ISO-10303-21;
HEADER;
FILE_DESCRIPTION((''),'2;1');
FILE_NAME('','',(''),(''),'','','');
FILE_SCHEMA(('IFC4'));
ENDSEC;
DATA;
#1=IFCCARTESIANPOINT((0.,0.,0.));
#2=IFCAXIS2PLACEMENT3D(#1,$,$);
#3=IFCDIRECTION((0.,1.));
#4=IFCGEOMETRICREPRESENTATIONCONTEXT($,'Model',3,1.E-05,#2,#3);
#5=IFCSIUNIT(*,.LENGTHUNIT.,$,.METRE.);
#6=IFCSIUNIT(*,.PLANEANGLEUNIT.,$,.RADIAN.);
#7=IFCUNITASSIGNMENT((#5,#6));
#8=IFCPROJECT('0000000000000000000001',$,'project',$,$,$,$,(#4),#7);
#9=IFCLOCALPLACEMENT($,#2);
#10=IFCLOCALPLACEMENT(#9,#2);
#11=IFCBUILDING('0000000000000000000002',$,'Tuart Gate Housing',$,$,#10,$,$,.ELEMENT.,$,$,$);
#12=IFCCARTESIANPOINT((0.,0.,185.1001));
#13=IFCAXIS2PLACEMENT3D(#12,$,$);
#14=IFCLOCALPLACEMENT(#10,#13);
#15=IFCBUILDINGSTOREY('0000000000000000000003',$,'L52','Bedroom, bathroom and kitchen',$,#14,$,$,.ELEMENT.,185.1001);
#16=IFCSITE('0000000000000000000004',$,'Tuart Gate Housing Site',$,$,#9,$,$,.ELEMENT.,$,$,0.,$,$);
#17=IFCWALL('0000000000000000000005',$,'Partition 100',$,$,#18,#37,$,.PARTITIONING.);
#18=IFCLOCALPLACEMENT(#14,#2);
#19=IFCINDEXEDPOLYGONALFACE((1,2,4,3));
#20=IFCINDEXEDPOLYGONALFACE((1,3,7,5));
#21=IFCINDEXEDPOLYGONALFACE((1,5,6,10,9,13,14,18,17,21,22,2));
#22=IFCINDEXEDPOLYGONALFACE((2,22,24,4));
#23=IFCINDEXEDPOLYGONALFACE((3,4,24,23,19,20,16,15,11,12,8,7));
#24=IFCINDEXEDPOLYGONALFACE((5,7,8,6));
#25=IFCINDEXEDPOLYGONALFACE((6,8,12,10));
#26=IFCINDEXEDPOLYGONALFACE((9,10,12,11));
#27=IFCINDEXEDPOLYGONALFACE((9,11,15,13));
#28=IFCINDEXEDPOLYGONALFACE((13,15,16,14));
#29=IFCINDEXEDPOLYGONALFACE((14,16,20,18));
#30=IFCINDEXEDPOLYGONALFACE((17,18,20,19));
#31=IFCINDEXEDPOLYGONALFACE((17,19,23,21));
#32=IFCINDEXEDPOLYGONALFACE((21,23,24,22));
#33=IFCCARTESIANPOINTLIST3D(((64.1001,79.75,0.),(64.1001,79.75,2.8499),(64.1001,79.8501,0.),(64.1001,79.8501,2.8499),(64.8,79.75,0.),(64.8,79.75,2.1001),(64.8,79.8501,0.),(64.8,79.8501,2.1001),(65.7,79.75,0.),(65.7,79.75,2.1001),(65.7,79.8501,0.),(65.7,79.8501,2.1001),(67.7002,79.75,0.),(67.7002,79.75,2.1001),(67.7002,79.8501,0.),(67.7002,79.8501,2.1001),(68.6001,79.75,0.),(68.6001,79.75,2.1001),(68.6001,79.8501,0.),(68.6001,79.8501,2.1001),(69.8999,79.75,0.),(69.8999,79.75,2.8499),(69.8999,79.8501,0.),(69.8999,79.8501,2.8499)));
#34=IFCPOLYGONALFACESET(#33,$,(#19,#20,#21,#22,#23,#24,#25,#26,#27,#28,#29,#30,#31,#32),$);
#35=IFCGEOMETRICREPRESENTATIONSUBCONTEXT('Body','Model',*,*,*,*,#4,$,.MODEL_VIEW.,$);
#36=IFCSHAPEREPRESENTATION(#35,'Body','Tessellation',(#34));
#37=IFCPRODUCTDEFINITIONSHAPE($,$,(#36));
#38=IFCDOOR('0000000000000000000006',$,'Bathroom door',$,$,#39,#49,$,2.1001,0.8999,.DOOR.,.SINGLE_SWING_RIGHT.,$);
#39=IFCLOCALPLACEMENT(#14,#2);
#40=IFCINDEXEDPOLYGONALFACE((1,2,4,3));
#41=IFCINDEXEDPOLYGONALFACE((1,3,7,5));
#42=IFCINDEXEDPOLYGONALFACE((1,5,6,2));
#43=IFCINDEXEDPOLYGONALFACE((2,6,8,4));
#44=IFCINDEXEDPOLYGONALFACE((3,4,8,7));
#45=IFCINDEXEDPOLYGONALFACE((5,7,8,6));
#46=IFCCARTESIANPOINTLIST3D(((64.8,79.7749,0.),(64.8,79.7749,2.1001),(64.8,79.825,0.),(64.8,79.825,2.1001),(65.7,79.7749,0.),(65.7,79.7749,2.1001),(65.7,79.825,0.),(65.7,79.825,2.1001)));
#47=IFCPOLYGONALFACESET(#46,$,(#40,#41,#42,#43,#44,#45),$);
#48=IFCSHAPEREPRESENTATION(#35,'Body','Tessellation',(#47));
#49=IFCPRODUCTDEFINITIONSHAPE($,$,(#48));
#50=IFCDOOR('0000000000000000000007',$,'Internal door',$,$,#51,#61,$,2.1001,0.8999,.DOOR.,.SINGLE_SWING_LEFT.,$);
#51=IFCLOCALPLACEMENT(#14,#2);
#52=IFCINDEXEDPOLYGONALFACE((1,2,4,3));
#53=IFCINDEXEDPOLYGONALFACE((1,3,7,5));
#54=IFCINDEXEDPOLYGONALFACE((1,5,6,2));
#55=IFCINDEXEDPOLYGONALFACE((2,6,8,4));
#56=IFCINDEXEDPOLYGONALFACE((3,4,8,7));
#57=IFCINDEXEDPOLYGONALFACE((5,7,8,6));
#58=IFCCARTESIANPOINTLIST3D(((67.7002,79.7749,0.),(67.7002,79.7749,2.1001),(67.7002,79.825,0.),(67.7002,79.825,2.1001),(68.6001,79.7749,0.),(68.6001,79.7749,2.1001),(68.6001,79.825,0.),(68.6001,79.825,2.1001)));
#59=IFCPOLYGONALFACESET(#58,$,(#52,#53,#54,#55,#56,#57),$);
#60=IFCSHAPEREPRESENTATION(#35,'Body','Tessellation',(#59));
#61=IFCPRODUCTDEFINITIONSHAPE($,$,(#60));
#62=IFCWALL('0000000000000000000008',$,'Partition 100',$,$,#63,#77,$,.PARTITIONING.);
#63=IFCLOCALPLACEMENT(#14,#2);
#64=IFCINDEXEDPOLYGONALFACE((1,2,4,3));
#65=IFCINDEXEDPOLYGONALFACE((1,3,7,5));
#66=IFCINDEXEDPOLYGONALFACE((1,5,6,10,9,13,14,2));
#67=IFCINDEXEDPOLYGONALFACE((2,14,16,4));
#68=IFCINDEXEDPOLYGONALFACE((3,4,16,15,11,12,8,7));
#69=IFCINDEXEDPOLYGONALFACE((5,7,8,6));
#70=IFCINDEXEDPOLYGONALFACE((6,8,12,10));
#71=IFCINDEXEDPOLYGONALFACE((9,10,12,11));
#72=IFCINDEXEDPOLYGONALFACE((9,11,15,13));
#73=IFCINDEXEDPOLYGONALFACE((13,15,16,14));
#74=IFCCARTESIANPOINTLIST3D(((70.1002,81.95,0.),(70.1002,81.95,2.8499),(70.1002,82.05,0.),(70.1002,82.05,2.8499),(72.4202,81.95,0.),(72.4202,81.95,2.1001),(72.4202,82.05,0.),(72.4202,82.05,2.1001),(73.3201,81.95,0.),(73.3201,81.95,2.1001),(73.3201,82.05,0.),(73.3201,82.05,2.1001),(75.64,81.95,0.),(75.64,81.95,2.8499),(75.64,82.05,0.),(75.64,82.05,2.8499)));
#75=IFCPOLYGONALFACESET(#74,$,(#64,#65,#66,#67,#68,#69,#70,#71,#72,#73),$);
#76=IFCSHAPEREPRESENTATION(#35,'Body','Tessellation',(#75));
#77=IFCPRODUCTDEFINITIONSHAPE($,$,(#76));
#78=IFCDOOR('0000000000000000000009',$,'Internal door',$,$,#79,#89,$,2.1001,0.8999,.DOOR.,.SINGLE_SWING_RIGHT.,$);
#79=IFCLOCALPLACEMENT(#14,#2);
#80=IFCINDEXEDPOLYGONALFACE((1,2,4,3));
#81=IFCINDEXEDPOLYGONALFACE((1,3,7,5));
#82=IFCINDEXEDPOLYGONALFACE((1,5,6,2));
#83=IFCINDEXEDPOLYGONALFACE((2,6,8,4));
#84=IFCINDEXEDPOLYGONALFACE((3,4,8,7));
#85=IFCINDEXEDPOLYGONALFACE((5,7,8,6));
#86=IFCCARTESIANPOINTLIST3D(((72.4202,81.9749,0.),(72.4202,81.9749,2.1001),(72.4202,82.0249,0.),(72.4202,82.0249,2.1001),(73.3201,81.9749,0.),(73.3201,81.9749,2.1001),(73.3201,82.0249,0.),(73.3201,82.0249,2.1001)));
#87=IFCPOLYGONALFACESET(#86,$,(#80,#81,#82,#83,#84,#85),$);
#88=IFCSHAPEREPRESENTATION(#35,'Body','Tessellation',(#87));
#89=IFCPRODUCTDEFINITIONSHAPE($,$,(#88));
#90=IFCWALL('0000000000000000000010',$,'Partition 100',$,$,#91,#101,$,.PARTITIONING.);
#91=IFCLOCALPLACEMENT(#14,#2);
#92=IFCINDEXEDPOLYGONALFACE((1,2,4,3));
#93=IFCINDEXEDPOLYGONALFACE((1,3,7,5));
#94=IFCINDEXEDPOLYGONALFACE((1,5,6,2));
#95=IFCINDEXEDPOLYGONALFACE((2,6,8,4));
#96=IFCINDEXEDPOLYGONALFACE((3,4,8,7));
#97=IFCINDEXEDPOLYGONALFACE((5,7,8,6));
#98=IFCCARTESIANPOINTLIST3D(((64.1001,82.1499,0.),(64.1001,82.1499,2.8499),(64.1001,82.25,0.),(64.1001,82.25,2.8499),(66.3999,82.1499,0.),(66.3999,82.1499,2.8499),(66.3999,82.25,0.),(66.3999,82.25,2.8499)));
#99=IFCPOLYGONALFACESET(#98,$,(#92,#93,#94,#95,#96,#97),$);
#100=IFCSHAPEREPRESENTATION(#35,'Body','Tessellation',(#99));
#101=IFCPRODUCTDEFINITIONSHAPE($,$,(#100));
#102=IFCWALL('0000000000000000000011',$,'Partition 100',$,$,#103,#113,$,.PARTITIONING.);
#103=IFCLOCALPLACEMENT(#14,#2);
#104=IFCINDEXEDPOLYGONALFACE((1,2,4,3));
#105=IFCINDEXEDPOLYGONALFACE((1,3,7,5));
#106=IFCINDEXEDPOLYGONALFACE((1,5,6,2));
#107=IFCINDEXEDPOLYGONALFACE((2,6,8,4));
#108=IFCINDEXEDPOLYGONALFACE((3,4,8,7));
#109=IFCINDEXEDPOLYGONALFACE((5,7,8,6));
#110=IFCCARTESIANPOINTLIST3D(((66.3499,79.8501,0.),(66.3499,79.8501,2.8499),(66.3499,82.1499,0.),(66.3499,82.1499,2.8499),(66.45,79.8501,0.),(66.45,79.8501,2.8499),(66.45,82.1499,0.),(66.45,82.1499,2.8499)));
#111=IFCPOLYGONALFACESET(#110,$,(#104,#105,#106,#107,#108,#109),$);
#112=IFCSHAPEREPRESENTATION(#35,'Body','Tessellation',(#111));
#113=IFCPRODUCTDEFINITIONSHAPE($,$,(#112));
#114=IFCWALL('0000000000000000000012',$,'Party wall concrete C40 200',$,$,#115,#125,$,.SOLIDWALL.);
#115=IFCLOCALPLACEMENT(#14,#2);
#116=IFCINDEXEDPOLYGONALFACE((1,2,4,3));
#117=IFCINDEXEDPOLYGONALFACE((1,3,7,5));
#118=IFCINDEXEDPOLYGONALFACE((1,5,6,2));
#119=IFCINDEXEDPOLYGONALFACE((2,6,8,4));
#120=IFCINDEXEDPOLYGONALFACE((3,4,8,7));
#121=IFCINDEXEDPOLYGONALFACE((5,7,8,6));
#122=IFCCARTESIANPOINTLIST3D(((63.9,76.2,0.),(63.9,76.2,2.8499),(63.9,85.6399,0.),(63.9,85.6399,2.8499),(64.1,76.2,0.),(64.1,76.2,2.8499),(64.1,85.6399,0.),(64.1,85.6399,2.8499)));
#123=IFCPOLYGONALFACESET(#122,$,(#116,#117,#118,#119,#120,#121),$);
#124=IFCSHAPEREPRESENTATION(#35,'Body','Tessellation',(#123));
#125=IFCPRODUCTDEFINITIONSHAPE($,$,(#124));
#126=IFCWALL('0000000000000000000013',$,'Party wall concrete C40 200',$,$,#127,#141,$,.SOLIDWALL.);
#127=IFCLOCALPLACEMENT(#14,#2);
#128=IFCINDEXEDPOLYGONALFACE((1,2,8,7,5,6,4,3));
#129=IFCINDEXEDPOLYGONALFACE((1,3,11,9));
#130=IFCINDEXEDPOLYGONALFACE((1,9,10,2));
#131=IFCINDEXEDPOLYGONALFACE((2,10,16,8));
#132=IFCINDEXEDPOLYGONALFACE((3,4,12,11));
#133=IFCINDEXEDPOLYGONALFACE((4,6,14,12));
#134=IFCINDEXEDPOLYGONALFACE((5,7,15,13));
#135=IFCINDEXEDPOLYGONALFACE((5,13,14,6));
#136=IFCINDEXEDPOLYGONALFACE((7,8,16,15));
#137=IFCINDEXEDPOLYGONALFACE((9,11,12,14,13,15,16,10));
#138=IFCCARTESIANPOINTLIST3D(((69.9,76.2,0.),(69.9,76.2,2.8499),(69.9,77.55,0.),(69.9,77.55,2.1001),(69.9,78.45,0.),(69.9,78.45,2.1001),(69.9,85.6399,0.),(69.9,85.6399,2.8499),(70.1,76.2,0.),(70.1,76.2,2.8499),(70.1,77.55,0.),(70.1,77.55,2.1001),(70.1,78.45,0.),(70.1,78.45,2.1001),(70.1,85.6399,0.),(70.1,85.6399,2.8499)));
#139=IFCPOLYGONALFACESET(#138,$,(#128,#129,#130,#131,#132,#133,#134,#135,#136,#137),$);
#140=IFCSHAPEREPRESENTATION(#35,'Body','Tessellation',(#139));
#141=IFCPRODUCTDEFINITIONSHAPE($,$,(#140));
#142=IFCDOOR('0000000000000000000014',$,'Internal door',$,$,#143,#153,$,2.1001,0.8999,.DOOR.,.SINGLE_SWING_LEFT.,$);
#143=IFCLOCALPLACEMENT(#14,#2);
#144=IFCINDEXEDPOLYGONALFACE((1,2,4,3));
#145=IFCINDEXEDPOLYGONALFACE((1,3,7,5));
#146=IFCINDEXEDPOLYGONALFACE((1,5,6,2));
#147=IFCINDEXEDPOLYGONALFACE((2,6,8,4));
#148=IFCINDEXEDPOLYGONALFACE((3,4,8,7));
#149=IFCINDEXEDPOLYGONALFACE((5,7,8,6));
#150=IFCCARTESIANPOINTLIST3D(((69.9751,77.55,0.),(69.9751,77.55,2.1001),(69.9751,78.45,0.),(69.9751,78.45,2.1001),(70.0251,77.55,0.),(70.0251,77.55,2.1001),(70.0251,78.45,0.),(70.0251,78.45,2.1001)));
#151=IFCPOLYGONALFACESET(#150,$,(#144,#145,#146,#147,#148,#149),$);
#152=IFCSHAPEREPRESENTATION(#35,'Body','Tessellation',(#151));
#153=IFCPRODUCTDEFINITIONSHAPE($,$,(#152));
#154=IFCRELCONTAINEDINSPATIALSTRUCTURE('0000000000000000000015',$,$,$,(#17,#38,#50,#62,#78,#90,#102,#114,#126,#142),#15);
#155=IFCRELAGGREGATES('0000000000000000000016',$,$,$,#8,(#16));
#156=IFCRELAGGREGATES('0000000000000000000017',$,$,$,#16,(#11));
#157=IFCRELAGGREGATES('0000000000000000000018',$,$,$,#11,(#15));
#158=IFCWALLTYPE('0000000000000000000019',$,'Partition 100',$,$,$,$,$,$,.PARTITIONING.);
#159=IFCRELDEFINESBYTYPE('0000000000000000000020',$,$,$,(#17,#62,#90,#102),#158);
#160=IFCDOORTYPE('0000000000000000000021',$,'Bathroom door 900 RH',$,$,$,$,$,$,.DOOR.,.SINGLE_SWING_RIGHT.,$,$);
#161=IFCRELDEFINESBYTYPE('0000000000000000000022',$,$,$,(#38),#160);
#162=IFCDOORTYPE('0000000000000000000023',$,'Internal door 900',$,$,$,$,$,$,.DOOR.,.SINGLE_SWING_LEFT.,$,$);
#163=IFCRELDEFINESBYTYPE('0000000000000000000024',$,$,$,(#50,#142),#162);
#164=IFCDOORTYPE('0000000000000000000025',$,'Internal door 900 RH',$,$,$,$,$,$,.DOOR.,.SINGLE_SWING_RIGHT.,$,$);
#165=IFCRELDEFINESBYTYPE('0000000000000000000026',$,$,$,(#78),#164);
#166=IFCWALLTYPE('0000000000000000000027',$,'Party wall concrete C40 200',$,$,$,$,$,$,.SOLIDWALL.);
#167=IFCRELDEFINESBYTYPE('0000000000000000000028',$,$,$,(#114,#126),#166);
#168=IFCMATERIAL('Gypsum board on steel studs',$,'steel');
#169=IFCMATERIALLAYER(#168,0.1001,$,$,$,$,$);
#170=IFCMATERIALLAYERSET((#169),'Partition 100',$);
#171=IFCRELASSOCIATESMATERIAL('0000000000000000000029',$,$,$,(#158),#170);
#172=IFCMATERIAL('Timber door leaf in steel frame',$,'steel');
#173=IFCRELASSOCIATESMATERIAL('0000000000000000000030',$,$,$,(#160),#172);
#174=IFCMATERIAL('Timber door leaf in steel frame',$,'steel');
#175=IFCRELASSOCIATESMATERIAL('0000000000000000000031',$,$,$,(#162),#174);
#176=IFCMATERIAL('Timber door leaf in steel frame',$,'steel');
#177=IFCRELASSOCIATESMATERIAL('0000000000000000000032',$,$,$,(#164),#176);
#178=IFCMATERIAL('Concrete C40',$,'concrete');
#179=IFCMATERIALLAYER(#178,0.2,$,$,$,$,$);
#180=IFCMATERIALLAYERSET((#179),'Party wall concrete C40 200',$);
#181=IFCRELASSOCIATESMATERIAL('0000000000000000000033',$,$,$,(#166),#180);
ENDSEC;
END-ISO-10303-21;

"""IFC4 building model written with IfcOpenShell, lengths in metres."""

from ifc_helpers import new_model, si_unit, direction, frame, frame_2d, origin, place, context, subcontext, project, spatial, rectangle, extrude, material, layer, layer_set, type_object, element, fill, save


model = new_model("IFC4")

# Units and contexts
model_context = context("Model", 3, precision=1e-05, world=origin(), true_north=direction((0.0, 1.0)))
body_context = subcontext(model_context, "Body", "Model", "MODEL_VIEW")
ifc_project = project(units=[si_unit("LENGTHUNIT", "METRE"), si_unit("PLANEANGLEUNIT", "RADIAN")], contexts=[model_context])

# Site, building, storey
site_placement = place(None, origin())
site = spatial("IfcSite", under=ifc_project, at=site_placement, Name="Tuart Gate Housing Site", CompositionType="ELEMENT", RefElevation=0.0)
building_placement = place(site_placement, origin())
building = spatial("IfcBuilding", under=site, at=building_placement, Name="Tuart Gate Housing", CompositionType="ELEMENT")
storey_placement = place(building_placement, frame((0.0, 0.0, 185.1001)))
storey = spatial("IfcBuildingStorey", under=building, at=storey_placement, Name="L52", Description="Bedroom, bathroom and kitchen", CompositionType="ELEMENT", Elevation=185.1001)

# Wall, openings, doors
ifc_material_1 = material(Name="Gypsum board on steel studs", Category="steel")
ifc_layer_1 = layer(ifc_material_1, 0.1001)
ifc_layer_set_1 = layer_set([ifc_layer_1], Name="Partition 100")
wall_type_1 = type_object("IfcWallType", Name="Partition 100", PredefinedType="PARTITIONING", material=ifc_layer_set_1)
wall_1_placement = place(storey_placement, frame((64.1001, 79.8, 0.0), z_axis=(0.0, 0.0, 1.0), x_axis=(1.0, 0.0, 0.0)))
wall_1 = element("IfcWall", 1, at=wall_1_placement, inside=storey, type_object=wall_type_1, Name="Partition 100", PredefinedType="PARTITIONING", context=body_context, shape_type="SweptSolid", body=[
    extrude(rectangle(XDim=5.7998, YDim=0.1001, at=frame_2d((2.8999, 0.0))), origin(), (0.0, 0.0, 1.0), 2.8499),
])
opening_1_placement = place(wall_1_placement, frame((3.6001, 0.0, 0.0)))
opening_1 = element("IfcOpeningElement", 2, at=opening_1_placement, cuts=wall_1, PredefinedType="OPENING", context=body_context, shape_type="SweptSolid", body=[
    extrude(rectangle(XDim=0.8999, YDim=2.1001, at=frame_2d((0.45, 1.05))), frame((0.0, 0.0601, 0.0), z_axis=(0.0, -1.0, 0.0), x_axis=(1.0, 0.0, 0.0)), (0.0, 0.0, 1.0), 0.1201),
])
opening_2_placement = place(wall_1_placement, frame((0.7, 0.0, 0.0)))
opening_2 = element("IfcOpeningElement", 3, at=opening_2_placement, cuts=wall_1, PredefinedType="OPENING", context=body_context, shape_type="SweptSolid", body=[
    extrude(rectangle(XDim=0.8999, YDim=2.1001, at=frame_2d((0.45, 1.05))), frame((0.0, 0.0601, 0.0), z_axis=(0.0, -1.0, 0.0), x_axis=(1.0, 0.0, 0.0)), (0.0, 0.0, 1.0), 0.1201),
])
ifc_material_2 = material(Name="Timber door leaf in steel frame", Category="steel")
door_type_1 = type_object("IfcDoorType", Name="Bathroom door 900 RH", OperationType="SINGLE_SWING_RIGHT", PredefinedType="DOOR", material=ifc_material_2)
door_1_placement = place(opening_2_placement, origin())
door_1 = element("IfcDoor", 4, at=door_1_placement, inside=storey, type_object=door_type_1, Name="Bathroom door", OperationType="SINGLE_SWING_RIGHT", OverallHeight=2.1001, OverallWidth=0.8999, PredefinedType="DOOR", context=body_context, shape_type="SweptSolid", body=[
    extrude(rectangle(XDim=0.8999, YDim=2.1001, at=frame_2d((0.45, 1.05))), frame((0.0, 0.0249, 0.0), z_axis=(0.0, -1.0, 0.0), x_axis=(1.0, 0.0, 0.0)), (0.0, 0.0, 1.0), 0.05),
])
fill(opening_2, door_1)
ifc_material_3 = material(Name="Timber door leaf in steel frame", Category="steel")
door_type_2 = type_object("IfcDoorType", Name="Internal door 900", OperationType="SINGLE_SWING_LEFT", PredefinedType="DOOR", material=ifc_material_3)
door_2_placement = place(opening_1_placement, origin())
door_2 = element("IfcDoor", 5, at=door_2_placement, inside=storey, type_object=door_type_2, Name="Internal door", OperationType="SINGLE_SWING_LEFT", OverallHeight=2.1001, OverallWidth=0.8999, PredefinedType="DOOR", context=body_context, shape_type="SweptSolid", body=[
    extrude(rectangle(XDim=0.8999, YDim=2.1001, at=frame_2d((0.45, 1.05))), frame((0.0, 0.0249, 0.0), z_axis=(0.0, -1.0, 0.0), x_axis=(1.0, 0.0, 0.0)), (0.0, 0.0, 1.0), 0.05),
])
fill(opening_1, door_2)

# Wall, opening, door
wall_2_placement = place(storey_placement, frame((70.1001, 82.0, 0.0), z_axis=(0.0, 0.0, 1.0), x_axis=(1.0, 0.0, 0.0)))
wall_2 = element("IfcWall", 6, at=wall_2_placement, inside=storey, type_object=wall_type_1, Name="Partition 100", PredefinedType="PARTITIONING", context=body_context, shape_type="SweptSolid", body=[
    extrude(rectangle(XDim=5.5398, YDim=0.1001, at=frame_2d((2.77, 0.0))), origin(), (0.0, 0.0, 1.0), 2.8499),
])
opening_3_placement = place(wall_2_placement, frame((2.3201, 0.0, 0.0)))
opening_3 = element("IfcOpeningElement", 7, at=opening_3_placement, cuts=wall_2, PredefinedType="OPENING", context=body_context, shape_type="SweptSolid", body=[
    extrude(rectangle(XDim=0.8999, YDim=2.1001, at=frame_2d((0.45, 1.05))), frame((0.0, 0.0601, 0.0), z_axis=(0.0, -1.0, 0.0), x_axis=(1.0, 0.0, 0.0)), (0.0, 0.0, 1.0), 0.1201),
])
ifc_material_4 = material(Name="Timber door leaf in steel frame", Category="steel")
door_type_3 = type_object("IfcDoorType", Name="Internal door 900 RH", OperationType="SINGLE_SWING_RIGHT", PredefinedType="DOOR", material=ifc_material_4)
door_3_placement = place(opening_3_placement, origin())
door_3 = element("IfcDoor", 8, at=door_3_placement, inside=storey, type_object=door_type_3, Name="Internal door", OperationType="SINGLE_SWING_RIGHT", OverallHeight=2.1001, OverallWidth=0.8999, PredefinedType="DOOR", context=body_context, shape_type="SweptSolid", body=[
    extrude(rectangle(XDim=0.8999, YDim=2.1001, at=frame_2d((0.45, 1.05))), frame((0.0, 0.0249, 0.0), z_axis=(0.0, -1.0, 0.0), x_axis=(1.0, 0.0, 0.0)), (0.0, 0.0, 1.0), 0.05),
])
fill(opening_3, door_3)

# Walls
for number, where, z_axis, x_axis, name in (
    (9, (64.1001, 82.2, 0.0), (0.0, 0.0, 1.0), (1.0, 0.0, 0.0), "Partition 100"),
    (10, (66.3999, 79.8501, 0.0), (0.0, 0.0, 1.0), (0.0, 1.0, 0.0), "Partition 100"),
):
    element("IfcWall", number, at=place(storey_placement, frame(where, z_axis=z_axis, x_axis=x_axis)), inside=storey, type_object=wall_type_1, Name=name, PredefinedType="PARTITIONING", context=body_context, shape_type="SweptSolid", body=[
        extrude(rectangle(XDim=2.2998, YDim=0.1001, at=frame_2d((1.1499, 0.0))), origin(), (0.0, 0.0, 1.0), 2.8499),
    ])
ifc_material_5 = material(Name="Concrete C40", Category="concrete")
ifc_layer_2 = layer(ifc_material_5, 0.2)
ifc_layer_set_2 = layer_set([ifc_layer_2], Name="Party wall concrete C40 200")
wall_type_2 = type_object("IfcWallType", Name="Party wall concrete C40 200", PredefinedType="SOLIDWALL", material=ifc_layer_set_2)
wall_3_placement = place(storey_placement, frame((64.0, 76.2, 0.0), z_axis=(0.0, 0.0, 1.0), x_axis=(0.0, 1.0, 0.0)))
element("IfcWall", 11, at=wall_3_placement, inside=storey, type_object=wall_type_2, Name="Party wall concrete C40 200", PredefinedType="SOLIDWALL", context=body_context, shape_type="SweptSolid", body=[
    extrude(rectangle(XDim=9.4399, YDim=0.2, at=frame_2d((4.72, 0.0))), origin(), (0.0, 0.0, 1.0), 2.8499),
])

# Wall, opening, door
wall_4_placement = place(storey_placement, frame((70.0, 76.2, 0.0), z_axis=(0.0, 0.0, 1.0), x_axis=(0.0, 1.0, 0.0)))
wall_4 = element("IfcWall", 12, at=wall_4_placement, inside=storey, type_object=wall_type_2, Name="Party wall concrete C40 200", PredefinedType="SOLIDWALL", context=body_context, shape_type="SweptSolid", body=[
    extrude(rectangle(XDim=9.4399, YDim=0.2, at=frame_2d((4.72, 0.0))), origin(), (0.0, 0.0, 1.0), 2.8499),
])
opening_4_placement = place(wall_4_placement, frame((1.3501, 0.0, 0.0)))
opening_4 = element("IfcOpeningElement", 13, at=opening_4_placement, cuts=wall_4, PredefinedType="OPENING", context=body_context, shape_type="SweptSolid", body=[
    extrude(rectangle(XDim=0.8999, YDim=2.1001, at=frame_2d((0.45, 1.05))), frame((0.0, 0.1099, 0.0), z_axis=(0.0, -1.0, 0.0), x_axis=(1.0, 0.0, 0.0)), (0.0, 0.0, 1.0), 0.22),
])
door_4_placement = place(opening_4_placement, origin())
door_4 = element("IfcDoor", 14, at=door_4_placement, inside=storey, type_object=door_type_2, Name="Internal door", OperationType="SINGLE_SWING_LEFT", OverallHeight=2.1001, OverallWidth=0.8999, PredefinedType="DOOR", context=body_context, shape_type="SweptSolid", body=[
    extrude(rectangle(XDim=0.8999, YDim=2.1001, at=frame_2d((0.45, 1.05))), frame((0.0, 0.0249, 0.0), z_axis=(0.0, -1.0, 0.0), x_axis=(1.0, 0.0, 0.0)), (0.0, 0.0, 1.0), 0.05),
])
fill(opening_4, door_4)

save(model, "model.ifc")
